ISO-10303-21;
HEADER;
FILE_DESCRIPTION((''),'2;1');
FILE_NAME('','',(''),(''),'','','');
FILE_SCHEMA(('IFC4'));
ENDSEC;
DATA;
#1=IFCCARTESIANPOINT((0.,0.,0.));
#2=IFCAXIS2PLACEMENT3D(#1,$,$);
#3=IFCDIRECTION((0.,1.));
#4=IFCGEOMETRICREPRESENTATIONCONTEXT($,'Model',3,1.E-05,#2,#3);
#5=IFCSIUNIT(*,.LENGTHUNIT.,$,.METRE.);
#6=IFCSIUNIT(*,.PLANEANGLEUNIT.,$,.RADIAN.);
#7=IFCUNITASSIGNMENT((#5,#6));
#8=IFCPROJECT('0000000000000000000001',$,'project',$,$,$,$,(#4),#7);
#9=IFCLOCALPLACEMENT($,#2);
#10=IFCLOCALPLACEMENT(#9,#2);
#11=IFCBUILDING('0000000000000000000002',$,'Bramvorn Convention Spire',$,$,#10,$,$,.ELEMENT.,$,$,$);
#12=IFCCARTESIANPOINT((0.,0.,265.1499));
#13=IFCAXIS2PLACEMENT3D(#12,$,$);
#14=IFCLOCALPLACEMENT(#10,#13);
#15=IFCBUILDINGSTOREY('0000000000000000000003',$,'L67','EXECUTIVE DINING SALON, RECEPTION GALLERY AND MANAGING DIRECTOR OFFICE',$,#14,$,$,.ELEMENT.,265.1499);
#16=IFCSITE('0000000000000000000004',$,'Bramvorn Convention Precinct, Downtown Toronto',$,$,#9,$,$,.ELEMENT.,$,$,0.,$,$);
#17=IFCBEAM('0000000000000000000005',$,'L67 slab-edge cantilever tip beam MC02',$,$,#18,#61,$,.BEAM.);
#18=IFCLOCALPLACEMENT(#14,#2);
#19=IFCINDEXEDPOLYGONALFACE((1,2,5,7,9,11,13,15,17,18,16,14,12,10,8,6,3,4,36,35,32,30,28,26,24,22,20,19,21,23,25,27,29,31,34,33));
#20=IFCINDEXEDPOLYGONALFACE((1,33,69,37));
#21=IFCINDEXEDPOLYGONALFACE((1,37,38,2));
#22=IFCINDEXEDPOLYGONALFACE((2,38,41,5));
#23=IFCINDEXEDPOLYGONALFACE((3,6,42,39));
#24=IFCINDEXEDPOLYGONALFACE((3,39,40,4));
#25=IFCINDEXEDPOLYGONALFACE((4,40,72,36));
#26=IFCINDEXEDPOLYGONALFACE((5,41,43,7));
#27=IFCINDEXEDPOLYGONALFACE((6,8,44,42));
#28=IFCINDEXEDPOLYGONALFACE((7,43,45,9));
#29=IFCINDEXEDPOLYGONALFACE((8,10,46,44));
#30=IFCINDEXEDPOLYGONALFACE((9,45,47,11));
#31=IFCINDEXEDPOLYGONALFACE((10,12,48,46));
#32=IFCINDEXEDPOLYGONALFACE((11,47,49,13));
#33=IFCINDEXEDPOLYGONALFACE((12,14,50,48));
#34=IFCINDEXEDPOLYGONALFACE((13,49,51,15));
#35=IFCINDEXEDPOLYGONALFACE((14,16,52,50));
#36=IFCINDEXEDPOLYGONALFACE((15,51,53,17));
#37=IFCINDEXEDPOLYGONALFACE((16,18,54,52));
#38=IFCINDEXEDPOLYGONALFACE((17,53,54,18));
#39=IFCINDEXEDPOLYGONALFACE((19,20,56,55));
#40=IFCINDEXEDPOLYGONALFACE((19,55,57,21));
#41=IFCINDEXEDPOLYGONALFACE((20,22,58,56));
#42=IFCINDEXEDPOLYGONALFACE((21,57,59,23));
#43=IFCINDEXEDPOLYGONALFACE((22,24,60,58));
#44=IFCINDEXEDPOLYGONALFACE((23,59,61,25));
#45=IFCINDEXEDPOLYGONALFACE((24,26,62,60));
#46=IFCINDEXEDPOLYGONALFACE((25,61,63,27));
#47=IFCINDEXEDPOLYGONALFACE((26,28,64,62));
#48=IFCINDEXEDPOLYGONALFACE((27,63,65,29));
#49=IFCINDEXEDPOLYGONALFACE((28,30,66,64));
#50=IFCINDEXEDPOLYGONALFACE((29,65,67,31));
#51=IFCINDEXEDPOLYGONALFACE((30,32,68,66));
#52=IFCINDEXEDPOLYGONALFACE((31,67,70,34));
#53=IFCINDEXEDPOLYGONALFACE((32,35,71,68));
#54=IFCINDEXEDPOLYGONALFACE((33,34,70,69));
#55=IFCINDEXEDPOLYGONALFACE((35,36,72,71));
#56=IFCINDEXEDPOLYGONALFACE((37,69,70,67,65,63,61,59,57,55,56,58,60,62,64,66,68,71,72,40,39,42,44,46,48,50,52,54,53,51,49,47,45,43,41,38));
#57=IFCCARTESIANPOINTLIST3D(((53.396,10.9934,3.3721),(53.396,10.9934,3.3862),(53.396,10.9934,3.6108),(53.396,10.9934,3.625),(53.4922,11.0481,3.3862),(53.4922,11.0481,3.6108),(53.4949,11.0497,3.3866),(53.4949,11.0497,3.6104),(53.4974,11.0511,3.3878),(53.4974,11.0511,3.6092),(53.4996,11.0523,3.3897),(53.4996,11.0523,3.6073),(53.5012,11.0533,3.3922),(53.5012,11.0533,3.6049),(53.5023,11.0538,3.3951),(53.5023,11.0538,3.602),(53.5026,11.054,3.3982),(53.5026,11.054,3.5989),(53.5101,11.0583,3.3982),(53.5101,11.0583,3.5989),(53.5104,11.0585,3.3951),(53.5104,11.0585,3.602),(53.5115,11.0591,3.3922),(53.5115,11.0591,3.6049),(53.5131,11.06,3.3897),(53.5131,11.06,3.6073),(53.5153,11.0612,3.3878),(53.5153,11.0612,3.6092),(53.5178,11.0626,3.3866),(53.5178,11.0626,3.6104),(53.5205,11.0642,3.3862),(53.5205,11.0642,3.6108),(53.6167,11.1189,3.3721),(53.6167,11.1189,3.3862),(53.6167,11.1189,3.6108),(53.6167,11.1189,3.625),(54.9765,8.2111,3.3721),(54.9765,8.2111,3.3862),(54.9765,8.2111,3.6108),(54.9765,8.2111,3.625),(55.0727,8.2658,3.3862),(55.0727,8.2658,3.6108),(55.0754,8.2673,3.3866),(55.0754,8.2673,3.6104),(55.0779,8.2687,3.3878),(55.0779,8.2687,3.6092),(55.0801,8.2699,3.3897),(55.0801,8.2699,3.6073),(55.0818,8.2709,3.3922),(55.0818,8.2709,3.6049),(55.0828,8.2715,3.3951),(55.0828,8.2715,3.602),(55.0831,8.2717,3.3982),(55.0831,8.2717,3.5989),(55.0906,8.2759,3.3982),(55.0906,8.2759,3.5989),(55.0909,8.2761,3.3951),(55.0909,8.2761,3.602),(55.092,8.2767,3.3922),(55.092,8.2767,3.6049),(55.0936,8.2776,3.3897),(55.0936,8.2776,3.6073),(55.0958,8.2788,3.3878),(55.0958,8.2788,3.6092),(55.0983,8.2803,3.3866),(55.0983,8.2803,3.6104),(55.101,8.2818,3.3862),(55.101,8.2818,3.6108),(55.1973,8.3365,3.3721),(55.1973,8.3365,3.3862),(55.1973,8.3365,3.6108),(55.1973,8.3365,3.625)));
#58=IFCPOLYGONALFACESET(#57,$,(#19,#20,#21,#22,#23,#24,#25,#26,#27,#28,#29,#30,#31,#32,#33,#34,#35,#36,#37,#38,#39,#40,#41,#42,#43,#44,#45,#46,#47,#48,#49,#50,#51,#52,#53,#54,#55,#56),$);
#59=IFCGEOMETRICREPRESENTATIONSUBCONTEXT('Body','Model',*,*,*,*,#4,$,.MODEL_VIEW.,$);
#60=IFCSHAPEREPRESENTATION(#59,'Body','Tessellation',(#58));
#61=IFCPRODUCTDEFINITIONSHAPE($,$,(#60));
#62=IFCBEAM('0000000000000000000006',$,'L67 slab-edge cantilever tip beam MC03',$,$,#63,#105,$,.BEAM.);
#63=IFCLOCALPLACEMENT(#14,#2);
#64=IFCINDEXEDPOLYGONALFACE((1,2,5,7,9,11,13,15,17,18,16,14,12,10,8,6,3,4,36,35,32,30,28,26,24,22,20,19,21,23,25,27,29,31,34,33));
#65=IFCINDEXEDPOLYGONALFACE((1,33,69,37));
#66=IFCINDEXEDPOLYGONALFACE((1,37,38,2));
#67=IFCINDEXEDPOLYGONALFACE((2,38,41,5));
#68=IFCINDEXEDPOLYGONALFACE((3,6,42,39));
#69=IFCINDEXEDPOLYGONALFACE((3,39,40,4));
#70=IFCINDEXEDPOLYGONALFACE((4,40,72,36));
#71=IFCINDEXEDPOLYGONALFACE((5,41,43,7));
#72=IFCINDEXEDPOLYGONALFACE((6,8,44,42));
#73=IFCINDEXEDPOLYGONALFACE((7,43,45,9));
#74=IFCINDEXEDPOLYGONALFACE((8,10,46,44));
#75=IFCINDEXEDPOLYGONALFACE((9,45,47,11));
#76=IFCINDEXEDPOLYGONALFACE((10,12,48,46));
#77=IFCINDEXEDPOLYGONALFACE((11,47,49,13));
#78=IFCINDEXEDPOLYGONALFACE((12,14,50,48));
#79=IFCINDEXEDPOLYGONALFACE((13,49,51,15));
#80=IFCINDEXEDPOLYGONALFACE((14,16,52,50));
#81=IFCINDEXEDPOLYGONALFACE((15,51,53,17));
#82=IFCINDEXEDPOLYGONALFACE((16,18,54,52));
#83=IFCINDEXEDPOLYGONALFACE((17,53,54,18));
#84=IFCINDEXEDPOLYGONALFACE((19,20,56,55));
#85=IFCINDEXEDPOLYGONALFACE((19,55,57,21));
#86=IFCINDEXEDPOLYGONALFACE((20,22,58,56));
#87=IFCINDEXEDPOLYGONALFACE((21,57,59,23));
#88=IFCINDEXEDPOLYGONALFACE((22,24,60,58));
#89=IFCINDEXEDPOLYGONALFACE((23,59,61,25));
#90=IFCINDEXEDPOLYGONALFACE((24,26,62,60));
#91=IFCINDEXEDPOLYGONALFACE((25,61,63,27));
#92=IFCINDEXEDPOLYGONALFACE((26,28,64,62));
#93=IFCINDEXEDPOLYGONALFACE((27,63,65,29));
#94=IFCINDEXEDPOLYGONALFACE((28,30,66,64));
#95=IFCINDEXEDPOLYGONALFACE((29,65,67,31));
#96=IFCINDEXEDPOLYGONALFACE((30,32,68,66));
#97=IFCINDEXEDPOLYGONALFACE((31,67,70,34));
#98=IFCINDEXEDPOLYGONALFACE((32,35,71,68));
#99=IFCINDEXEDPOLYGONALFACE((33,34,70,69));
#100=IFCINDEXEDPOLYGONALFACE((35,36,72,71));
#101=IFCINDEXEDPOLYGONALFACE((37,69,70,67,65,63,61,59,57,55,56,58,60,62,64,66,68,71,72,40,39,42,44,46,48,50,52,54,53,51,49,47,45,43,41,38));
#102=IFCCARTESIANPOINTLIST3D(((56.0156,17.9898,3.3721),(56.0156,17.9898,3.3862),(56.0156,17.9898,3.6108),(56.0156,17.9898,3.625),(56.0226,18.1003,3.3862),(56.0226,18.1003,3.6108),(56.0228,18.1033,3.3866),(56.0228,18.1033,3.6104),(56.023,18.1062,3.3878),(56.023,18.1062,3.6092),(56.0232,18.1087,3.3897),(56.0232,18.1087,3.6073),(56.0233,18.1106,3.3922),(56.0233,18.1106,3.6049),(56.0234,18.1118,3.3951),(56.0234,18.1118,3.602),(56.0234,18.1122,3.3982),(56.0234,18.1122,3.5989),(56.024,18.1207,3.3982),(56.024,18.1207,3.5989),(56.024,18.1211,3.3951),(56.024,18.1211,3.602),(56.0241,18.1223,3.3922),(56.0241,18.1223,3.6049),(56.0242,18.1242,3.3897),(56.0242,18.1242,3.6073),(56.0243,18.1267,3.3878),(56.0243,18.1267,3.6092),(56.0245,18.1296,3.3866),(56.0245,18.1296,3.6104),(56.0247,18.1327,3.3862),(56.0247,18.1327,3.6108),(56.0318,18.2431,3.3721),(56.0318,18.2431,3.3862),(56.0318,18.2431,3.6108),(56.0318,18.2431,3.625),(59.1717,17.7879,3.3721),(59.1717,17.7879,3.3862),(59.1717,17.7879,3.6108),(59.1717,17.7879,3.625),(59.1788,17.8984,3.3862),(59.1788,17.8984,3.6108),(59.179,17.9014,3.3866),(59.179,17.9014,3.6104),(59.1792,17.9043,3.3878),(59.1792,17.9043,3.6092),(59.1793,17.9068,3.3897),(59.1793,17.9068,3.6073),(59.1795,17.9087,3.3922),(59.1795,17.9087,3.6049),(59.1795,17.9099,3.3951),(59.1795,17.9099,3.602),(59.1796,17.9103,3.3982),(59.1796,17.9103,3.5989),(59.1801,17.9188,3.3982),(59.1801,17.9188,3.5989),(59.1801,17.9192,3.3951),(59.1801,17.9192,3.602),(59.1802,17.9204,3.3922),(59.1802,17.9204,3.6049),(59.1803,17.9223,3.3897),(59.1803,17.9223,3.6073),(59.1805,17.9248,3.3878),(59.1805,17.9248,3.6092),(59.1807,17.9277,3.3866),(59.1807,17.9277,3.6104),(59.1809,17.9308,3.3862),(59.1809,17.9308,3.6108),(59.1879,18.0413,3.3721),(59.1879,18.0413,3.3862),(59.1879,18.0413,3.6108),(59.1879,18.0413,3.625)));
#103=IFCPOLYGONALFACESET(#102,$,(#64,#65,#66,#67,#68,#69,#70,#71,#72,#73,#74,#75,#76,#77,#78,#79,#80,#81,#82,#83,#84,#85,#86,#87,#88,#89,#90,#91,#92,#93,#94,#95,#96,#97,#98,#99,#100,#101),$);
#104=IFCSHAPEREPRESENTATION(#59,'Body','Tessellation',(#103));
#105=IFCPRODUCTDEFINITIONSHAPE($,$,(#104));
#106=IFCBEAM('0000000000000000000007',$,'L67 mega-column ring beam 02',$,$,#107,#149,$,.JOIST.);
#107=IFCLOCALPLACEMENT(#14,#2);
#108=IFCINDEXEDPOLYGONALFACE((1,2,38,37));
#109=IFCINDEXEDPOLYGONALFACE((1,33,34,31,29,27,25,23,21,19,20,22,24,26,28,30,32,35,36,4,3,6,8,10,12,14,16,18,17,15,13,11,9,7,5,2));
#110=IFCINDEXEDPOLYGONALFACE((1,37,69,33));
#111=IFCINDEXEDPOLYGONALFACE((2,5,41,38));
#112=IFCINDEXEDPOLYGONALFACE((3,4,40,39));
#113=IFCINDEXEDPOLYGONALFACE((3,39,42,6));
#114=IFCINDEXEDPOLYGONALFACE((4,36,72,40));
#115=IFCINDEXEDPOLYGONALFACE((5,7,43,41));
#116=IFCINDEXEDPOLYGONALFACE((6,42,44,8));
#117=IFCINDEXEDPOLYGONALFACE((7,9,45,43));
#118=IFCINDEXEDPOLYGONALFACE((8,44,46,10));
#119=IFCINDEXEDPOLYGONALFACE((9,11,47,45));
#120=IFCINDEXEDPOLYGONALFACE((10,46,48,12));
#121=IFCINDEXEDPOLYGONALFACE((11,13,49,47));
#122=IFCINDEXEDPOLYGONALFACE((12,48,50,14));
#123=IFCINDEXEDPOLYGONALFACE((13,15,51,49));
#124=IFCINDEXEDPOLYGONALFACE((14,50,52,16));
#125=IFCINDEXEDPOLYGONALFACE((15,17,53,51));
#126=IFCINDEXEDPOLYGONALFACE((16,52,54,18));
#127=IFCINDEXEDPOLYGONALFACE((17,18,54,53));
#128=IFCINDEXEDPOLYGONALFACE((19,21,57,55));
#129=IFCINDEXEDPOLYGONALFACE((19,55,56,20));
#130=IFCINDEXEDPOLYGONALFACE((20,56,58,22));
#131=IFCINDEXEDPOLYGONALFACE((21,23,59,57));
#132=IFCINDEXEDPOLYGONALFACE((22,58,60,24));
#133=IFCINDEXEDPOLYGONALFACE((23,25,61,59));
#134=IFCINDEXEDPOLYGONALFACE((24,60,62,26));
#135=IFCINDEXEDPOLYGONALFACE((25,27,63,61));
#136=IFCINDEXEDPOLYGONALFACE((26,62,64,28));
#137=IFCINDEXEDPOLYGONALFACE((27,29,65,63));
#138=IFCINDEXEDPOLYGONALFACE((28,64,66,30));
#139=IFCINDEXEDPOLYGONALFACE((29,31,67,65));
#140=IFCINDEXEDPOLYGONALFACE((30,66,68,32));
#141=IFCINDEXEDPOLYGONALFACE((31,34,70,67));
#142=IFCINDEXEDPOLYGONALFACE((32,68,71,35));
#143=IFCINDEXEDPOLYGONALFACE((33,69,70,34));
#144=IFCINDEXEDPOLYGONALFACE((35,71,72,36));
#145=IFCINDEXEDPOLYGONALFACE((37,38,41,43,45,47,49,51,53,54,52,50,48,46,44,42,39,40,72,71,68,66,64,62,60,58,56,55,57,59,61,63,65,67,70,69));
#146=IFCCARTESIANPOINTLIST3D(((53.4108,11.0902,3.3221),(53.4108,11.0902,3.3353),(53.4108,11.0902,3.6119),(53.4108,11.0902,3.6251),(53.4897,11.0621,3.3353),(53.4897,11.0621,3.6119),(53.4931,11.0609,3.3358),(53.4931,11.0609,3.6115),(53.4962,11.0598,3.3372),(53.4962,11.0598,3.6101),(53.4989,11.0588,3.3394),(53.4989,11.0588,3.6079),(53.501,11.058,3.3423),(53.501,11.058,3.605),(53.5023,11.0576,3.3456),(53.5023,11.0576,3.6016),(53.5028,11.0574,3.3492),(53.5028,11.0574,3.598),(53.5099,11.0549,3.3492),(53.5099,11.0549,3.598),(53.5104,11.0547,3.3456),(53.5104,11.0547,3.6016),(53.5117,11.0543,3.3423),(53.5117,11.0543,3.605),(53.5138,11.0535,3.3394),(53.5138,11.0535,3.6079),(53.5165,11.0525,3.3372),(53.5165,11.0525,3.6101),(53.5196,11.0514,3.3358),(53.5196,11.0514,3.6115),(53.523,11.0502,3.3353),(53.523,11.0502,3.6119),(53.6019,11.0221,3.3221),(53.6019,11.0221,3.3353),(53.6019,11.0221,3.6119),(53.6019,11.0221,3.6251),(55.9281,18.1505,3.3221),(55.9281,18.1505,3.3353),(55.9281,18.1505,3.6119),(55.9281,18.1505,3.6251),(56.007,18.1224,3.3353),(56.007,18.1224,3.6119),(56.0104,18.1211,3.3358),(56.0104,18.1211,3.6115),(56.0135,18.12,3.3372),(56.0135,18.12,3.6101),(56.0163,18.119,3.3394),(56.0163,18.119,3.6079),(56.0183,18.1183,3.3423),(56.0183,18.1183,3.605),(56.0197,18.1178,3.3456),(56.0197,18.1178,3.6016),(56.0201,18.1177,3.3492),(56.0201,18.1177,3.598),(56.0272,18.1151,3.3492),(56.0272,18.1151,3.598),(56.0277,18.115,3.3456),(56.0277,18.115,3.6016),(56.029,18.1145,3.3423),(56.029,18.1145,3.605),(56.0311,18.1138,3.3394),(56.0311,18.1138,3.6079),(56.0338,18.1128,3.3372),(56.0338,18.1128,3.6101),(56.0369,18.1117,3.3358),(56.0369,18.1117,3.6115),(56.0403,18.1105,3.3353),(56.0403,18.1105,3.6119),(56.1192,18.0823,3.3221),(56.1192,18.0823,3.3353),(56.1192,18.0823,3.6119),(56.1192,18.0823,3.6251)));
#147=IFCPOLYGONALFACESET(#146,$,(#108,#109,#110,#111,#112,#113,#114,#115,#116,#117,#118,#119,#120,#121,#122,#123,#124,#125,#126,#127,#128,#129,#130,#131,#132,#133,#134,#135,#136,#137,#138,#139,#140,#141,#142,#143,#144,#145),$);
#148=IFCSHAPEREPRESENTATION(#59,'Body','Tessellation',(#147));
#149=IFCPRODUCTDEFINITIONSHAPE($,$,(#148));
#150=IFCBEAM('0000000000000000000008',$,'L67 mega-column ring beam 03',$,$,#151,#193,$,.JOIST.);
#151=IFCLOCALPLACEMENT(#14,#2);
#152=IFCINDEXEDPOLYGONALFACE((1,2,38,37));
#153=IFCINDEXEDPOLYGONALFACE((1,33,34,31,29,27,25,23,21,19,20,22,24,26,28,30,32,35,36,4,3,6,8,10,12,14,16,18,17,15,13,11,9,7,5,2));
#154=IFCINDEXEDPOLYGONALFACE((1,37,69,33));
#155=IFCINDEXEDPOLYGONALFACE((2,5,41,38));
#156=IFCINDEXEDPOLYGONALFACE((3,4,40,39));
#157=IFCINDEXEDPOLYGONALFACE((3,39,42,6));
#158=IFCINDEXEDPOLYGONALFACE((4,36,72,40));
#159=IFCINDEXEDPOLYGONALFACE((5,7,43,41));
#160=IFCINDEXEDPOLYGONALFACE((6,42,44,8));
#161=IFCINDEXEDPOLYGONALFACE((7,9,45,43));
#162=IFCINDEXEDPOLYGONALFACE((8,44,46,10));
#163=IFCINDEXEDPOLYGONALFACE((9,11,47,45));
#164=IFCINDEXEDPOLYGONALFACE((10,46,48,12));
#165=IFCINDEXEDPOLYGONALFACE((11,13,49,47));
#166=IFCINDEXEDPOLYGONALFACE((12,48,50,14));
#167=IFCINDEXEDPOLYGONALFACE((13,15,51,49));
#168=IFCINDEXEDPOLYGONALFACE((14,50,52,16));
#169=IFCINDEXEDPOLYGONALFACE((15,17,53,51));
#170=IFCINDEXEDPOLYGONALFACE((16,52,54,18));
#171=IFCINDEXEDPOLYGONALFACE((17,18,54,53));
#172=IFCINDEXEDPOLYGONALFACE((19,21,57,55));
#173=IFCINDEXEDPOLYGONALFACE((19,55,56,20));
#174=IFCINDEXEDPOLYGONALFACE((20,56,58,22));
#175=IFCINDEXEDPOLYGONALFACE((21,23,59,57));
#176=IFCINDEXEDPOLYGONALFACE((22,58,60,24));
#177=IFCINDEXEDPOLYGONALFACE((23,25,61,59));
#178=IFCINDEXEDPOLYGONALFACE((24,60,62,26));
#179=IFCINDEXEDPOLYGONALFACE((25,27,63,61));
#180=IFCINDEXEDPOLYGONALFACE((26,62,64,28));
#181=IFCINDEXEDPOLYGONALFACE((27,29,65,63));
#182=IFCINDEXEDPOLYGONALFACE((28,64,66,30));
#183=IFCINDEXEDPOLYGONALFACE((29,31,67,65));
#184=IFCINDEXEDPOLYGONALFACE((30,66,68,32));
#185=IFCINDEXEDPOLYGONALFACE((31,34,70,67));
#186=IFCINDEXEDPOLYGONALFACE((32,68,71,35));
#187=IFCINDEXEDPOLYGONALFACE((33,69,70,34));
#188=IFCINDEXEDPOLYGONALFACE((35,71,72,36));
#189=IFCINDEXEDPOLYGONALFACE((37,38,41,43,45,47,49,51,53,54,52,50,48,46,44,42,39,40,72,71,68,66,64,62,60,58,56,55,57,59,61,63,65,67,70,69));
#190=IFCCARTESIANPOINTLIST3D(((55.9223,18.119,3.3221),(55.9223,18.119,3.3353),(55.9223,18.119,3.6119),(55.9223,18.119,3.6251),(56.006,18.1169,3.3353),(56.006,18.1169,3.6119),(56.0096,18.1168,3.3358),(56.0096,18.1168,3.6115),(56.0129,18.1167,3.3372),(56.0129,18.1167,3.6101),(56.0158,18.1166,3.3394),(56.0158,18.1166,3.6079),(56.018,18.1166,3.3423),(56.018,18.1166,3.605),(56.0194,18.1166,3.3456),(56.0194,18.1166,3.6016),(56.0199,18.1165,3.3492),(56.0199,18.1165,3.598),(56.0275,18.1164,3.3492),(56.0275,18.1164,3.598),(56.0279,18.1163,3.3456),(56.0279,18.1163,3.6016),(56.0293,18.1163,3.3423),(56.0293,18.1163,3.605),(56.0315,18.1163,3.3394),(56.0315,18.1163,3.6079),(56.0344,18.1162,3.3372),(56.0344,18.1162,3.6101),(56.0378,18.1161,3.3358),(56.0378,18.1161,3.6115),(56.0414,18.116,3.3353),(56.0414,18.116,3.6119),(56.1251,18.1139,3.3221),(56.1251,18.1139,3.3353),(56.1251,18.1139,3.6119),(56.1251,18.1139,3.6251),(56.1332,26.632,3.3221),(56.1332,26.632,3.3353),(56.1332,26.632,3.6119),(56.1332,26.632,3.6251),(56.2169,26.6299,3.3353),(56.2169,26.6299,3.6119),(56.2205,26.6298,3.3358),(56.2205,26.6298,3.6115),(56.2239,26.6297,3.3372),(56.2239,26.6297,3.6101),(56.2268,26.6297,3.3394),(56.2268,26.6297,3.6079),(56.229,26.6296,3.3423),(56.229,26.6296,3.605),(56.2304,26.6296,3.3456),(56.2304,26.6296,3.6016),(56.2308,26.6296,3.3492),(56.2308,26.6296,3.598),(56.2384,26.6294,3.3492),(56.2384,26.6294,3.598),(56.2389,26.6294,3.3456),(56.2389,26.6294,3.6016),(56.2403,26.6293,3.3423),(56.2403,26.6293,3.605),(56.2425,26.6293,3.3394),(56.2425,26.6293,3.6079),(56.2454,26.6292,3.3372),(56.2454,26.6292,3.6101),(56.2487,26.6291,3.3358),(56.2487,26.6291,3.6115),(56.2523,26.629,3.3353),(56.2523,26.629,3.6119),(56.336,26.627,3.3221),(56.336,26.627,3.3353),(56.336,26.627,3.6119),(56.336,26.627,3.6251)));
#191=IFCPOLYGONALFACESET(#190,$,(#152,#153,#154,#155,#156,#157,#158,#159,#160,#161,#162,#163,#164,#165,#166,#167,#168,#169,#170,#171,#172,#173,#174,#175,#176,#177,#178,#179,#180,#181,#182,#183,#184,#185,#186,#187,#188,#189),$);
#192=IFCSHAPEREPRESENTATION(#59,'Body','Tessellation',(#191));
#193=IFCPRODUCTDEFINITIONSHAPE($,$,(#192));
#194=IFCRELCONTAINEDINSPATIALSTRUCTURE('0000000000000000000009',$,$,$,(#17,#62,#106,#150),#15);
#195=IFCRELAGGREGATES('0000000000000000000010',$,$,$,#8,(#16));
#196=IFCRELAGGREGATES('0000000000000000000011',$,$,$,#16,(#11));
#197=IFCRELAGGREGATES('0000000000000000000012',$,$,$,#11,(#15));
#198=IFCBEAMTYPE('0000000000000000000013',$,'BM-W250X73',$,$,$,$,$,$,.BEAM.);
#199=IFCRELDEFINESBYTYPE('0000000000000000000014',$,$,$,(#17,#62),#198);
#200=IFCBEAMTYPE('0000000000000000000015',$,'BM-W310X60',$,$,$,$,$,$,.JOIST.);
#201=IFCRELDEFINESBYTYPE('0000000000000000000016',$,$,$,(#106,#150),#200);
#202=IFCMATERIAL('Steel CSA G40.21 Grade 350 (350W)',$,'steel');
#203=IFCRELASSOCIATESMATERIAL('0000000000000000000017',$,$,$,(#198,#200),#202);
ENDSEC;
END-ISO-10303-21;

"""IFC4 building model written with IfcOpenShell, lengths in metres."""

from ifc_helpers import new_model, si_unit, direction, frame, origin, origin_2d, place, context, subcontext, project, spatial, i_section, extrude, material, material_profile, profile_set, type_object, element, save


model = new_model("IFC4")

# Units and contexts
model_context = context("Model", 3, precision=1e-05, world=origin(), true_north=direction((0.0, 1.0)))
body_context = subcontext(model_context, "Body", "Model", "MODEL_VIEW")
ifc_project = project(units=[si_unit("LENGTHUNIT", "METRE"), si_unit("PLANEANGLEUNIT", "RADIAN")], contexts=[model_context])

# Site, building, storey
site_placement = place(None, origin())
site = spatial("IfcSite", under=ifc_project, at=site_placement, Name="Bramvorn Convention Precinct, Downtown Toronto", CompositionType="ELEMENT", RefElevation=0.0)
building_placement = place(site_placement, origin())
building = spatial("IfcBuilding", under=site, at=building_placement, Name="Bramvorn Convention Spire", CompositionType="ELEMENT")
storey_placement = place(building_placement, frame((0.0, 0.0, 265.1499)))
storey = spatial("IfcBuildingStorey", under=building, at=storey_placement, Name="L67", Description="EXECUTIVE DINING SALON, RECEPTION GALLERY AND MANAGING DIRECTOR OFFICE", CompositionType="ELEMENT", Elevation=265.1499)

# Shared definitions
ifc_material_1 = material(Name="Steel CSA G40.21 Grade 350 (350W)", Category="steel")

# Beams
ifc_material_profile_1 = material_profile(ifc_material_1, i_section(OverallWidth=0.2539, OverallDepth=0.2529, WebThickness=0.0085, FlangeThickness=0.0142, FilletRadius=0.012, at=origin_2d()))
ifc_profile_set_1 = profile_set([ifc_material_profile_1], Name="Steel CSA G40.21 Grade 350 (350W) - W250X73")
beam_type_1 = type_object("IfcBeamType", Name="BM-W250X73", PredefinedType="BEAM", material=ifc_profile_set_1)
beam_1_placement = place(storey_placement, frame((53.5063, 11.0562, 3.4985), z_axis=(0.493919, -0.869508, 0.0), x_axis=(0.869508, 0.493919, 0.0)))
element("IfcBeam", 1, at=beam_1_placement, inside=storey, type_object=beam_type_1, Name="L67 slab-edge cantilever tip beam MC02", PredefinedType="BEAM", context=body_context, shape_type="SweptSolid", body=[
    extrude(i_section(OverallWidth=0.2539, OverallDepth=0.2529, WebThickness=0.0085, FlangeThickness=0.0142, FilletRadius=0.012, at=origin_2d()), origin(), (0.0, 0.0, 1.0), 3.2),
])
beam_2_placement = place(storey_placement, frame((56.0237, 18.1165, 3.4985), z_axis=(0.99796, -0.063839, 0.0), x_axis=(0.063839, 0.99796, 0.0)))
element("IfcBeam", 2, at=beam_2_placement, inside=storey, type_object=beam_type_1, Name="L67 slab-edge cantilever tip beam MC03", PredefinedType="BEAM", context=body_context, shape_type="SweptSolid", body=[
    extrude(i_section(OverallWidth=0.2539, OverallDepth=0.2529, WebThickness=0.0085, FlangeThickness=0.0142, FilletRadius=0.012, at=origin_2d()), origin(), (0.0, 0.0, 1.0), 3.1626),
])
ifc_material_profile_2 = material_profile(ifc_material_1, i_section(OverallWidth=0.2029, OverallDepth=0.303, WebThickness=0.0076, FlangeThickness=0.0132, FilletRadius=0.0139, at=origin_2d()))
ifc_profile_set_2 = profile_set([ifc_material_profile_2], Name="Steel CSA G40.21 Grade 350 (350W) - W310X60")
beam_type_2 = type_object("IfcBeamType", Name="BM-W310X60", PredefinedType="JOIST", material=ifc_profile_set_2)
beam_3_placement = place(storey_placement, frame((53.5063, 11.0562, 3.4736), z_axis=(0.335839, 0.941919, 0.0), x_axis=(-0.941919, 0.335839, 0.0)))
element("IfcBeam", 3, at=beam_3_placement, inside=storey, type_object=beam_type_2, Name="L67 mega-column ring beam 02", PredefinedType="JOIST", context=body_context, shape_type="SweptSolid", body=[
    extrude(i_section(OverallWidth=0.2029, OverallDepth=0.303, WebThickness=0.0076, FlangeThickness=0.0132, FilletRadius=0.0139, at=origin_2d()), origin(), (0.0, 0.0, 1.0), 7.4956),
])
beam_4_placement = place(storey_placement, frame((56.0237, 18.1165, 3.4736), z_axis=(0.024771, 0.999693, 0.0), x_axis=(-0.999693, 0.024771, 0.0)))
element("IfcBeam", 4, at=beam_4_placement, inside=storey, type_object=beam_type_2, Name="L67 mega-column ring beam 03", PredefinedType="JOIST", context=body_context, shape_type="SweptSolid", body=[
    extrude(i_section(OverallWidth=0.2029, OverallDepth=0.303, WebThickness=0.0076, FlangeThickness=0.0132, FilletRadius=0.0139, at=origin_2d()), origin(), (0.0, 0.0, 1.0), 8.5156),
])

save(model, "model.ifc")
